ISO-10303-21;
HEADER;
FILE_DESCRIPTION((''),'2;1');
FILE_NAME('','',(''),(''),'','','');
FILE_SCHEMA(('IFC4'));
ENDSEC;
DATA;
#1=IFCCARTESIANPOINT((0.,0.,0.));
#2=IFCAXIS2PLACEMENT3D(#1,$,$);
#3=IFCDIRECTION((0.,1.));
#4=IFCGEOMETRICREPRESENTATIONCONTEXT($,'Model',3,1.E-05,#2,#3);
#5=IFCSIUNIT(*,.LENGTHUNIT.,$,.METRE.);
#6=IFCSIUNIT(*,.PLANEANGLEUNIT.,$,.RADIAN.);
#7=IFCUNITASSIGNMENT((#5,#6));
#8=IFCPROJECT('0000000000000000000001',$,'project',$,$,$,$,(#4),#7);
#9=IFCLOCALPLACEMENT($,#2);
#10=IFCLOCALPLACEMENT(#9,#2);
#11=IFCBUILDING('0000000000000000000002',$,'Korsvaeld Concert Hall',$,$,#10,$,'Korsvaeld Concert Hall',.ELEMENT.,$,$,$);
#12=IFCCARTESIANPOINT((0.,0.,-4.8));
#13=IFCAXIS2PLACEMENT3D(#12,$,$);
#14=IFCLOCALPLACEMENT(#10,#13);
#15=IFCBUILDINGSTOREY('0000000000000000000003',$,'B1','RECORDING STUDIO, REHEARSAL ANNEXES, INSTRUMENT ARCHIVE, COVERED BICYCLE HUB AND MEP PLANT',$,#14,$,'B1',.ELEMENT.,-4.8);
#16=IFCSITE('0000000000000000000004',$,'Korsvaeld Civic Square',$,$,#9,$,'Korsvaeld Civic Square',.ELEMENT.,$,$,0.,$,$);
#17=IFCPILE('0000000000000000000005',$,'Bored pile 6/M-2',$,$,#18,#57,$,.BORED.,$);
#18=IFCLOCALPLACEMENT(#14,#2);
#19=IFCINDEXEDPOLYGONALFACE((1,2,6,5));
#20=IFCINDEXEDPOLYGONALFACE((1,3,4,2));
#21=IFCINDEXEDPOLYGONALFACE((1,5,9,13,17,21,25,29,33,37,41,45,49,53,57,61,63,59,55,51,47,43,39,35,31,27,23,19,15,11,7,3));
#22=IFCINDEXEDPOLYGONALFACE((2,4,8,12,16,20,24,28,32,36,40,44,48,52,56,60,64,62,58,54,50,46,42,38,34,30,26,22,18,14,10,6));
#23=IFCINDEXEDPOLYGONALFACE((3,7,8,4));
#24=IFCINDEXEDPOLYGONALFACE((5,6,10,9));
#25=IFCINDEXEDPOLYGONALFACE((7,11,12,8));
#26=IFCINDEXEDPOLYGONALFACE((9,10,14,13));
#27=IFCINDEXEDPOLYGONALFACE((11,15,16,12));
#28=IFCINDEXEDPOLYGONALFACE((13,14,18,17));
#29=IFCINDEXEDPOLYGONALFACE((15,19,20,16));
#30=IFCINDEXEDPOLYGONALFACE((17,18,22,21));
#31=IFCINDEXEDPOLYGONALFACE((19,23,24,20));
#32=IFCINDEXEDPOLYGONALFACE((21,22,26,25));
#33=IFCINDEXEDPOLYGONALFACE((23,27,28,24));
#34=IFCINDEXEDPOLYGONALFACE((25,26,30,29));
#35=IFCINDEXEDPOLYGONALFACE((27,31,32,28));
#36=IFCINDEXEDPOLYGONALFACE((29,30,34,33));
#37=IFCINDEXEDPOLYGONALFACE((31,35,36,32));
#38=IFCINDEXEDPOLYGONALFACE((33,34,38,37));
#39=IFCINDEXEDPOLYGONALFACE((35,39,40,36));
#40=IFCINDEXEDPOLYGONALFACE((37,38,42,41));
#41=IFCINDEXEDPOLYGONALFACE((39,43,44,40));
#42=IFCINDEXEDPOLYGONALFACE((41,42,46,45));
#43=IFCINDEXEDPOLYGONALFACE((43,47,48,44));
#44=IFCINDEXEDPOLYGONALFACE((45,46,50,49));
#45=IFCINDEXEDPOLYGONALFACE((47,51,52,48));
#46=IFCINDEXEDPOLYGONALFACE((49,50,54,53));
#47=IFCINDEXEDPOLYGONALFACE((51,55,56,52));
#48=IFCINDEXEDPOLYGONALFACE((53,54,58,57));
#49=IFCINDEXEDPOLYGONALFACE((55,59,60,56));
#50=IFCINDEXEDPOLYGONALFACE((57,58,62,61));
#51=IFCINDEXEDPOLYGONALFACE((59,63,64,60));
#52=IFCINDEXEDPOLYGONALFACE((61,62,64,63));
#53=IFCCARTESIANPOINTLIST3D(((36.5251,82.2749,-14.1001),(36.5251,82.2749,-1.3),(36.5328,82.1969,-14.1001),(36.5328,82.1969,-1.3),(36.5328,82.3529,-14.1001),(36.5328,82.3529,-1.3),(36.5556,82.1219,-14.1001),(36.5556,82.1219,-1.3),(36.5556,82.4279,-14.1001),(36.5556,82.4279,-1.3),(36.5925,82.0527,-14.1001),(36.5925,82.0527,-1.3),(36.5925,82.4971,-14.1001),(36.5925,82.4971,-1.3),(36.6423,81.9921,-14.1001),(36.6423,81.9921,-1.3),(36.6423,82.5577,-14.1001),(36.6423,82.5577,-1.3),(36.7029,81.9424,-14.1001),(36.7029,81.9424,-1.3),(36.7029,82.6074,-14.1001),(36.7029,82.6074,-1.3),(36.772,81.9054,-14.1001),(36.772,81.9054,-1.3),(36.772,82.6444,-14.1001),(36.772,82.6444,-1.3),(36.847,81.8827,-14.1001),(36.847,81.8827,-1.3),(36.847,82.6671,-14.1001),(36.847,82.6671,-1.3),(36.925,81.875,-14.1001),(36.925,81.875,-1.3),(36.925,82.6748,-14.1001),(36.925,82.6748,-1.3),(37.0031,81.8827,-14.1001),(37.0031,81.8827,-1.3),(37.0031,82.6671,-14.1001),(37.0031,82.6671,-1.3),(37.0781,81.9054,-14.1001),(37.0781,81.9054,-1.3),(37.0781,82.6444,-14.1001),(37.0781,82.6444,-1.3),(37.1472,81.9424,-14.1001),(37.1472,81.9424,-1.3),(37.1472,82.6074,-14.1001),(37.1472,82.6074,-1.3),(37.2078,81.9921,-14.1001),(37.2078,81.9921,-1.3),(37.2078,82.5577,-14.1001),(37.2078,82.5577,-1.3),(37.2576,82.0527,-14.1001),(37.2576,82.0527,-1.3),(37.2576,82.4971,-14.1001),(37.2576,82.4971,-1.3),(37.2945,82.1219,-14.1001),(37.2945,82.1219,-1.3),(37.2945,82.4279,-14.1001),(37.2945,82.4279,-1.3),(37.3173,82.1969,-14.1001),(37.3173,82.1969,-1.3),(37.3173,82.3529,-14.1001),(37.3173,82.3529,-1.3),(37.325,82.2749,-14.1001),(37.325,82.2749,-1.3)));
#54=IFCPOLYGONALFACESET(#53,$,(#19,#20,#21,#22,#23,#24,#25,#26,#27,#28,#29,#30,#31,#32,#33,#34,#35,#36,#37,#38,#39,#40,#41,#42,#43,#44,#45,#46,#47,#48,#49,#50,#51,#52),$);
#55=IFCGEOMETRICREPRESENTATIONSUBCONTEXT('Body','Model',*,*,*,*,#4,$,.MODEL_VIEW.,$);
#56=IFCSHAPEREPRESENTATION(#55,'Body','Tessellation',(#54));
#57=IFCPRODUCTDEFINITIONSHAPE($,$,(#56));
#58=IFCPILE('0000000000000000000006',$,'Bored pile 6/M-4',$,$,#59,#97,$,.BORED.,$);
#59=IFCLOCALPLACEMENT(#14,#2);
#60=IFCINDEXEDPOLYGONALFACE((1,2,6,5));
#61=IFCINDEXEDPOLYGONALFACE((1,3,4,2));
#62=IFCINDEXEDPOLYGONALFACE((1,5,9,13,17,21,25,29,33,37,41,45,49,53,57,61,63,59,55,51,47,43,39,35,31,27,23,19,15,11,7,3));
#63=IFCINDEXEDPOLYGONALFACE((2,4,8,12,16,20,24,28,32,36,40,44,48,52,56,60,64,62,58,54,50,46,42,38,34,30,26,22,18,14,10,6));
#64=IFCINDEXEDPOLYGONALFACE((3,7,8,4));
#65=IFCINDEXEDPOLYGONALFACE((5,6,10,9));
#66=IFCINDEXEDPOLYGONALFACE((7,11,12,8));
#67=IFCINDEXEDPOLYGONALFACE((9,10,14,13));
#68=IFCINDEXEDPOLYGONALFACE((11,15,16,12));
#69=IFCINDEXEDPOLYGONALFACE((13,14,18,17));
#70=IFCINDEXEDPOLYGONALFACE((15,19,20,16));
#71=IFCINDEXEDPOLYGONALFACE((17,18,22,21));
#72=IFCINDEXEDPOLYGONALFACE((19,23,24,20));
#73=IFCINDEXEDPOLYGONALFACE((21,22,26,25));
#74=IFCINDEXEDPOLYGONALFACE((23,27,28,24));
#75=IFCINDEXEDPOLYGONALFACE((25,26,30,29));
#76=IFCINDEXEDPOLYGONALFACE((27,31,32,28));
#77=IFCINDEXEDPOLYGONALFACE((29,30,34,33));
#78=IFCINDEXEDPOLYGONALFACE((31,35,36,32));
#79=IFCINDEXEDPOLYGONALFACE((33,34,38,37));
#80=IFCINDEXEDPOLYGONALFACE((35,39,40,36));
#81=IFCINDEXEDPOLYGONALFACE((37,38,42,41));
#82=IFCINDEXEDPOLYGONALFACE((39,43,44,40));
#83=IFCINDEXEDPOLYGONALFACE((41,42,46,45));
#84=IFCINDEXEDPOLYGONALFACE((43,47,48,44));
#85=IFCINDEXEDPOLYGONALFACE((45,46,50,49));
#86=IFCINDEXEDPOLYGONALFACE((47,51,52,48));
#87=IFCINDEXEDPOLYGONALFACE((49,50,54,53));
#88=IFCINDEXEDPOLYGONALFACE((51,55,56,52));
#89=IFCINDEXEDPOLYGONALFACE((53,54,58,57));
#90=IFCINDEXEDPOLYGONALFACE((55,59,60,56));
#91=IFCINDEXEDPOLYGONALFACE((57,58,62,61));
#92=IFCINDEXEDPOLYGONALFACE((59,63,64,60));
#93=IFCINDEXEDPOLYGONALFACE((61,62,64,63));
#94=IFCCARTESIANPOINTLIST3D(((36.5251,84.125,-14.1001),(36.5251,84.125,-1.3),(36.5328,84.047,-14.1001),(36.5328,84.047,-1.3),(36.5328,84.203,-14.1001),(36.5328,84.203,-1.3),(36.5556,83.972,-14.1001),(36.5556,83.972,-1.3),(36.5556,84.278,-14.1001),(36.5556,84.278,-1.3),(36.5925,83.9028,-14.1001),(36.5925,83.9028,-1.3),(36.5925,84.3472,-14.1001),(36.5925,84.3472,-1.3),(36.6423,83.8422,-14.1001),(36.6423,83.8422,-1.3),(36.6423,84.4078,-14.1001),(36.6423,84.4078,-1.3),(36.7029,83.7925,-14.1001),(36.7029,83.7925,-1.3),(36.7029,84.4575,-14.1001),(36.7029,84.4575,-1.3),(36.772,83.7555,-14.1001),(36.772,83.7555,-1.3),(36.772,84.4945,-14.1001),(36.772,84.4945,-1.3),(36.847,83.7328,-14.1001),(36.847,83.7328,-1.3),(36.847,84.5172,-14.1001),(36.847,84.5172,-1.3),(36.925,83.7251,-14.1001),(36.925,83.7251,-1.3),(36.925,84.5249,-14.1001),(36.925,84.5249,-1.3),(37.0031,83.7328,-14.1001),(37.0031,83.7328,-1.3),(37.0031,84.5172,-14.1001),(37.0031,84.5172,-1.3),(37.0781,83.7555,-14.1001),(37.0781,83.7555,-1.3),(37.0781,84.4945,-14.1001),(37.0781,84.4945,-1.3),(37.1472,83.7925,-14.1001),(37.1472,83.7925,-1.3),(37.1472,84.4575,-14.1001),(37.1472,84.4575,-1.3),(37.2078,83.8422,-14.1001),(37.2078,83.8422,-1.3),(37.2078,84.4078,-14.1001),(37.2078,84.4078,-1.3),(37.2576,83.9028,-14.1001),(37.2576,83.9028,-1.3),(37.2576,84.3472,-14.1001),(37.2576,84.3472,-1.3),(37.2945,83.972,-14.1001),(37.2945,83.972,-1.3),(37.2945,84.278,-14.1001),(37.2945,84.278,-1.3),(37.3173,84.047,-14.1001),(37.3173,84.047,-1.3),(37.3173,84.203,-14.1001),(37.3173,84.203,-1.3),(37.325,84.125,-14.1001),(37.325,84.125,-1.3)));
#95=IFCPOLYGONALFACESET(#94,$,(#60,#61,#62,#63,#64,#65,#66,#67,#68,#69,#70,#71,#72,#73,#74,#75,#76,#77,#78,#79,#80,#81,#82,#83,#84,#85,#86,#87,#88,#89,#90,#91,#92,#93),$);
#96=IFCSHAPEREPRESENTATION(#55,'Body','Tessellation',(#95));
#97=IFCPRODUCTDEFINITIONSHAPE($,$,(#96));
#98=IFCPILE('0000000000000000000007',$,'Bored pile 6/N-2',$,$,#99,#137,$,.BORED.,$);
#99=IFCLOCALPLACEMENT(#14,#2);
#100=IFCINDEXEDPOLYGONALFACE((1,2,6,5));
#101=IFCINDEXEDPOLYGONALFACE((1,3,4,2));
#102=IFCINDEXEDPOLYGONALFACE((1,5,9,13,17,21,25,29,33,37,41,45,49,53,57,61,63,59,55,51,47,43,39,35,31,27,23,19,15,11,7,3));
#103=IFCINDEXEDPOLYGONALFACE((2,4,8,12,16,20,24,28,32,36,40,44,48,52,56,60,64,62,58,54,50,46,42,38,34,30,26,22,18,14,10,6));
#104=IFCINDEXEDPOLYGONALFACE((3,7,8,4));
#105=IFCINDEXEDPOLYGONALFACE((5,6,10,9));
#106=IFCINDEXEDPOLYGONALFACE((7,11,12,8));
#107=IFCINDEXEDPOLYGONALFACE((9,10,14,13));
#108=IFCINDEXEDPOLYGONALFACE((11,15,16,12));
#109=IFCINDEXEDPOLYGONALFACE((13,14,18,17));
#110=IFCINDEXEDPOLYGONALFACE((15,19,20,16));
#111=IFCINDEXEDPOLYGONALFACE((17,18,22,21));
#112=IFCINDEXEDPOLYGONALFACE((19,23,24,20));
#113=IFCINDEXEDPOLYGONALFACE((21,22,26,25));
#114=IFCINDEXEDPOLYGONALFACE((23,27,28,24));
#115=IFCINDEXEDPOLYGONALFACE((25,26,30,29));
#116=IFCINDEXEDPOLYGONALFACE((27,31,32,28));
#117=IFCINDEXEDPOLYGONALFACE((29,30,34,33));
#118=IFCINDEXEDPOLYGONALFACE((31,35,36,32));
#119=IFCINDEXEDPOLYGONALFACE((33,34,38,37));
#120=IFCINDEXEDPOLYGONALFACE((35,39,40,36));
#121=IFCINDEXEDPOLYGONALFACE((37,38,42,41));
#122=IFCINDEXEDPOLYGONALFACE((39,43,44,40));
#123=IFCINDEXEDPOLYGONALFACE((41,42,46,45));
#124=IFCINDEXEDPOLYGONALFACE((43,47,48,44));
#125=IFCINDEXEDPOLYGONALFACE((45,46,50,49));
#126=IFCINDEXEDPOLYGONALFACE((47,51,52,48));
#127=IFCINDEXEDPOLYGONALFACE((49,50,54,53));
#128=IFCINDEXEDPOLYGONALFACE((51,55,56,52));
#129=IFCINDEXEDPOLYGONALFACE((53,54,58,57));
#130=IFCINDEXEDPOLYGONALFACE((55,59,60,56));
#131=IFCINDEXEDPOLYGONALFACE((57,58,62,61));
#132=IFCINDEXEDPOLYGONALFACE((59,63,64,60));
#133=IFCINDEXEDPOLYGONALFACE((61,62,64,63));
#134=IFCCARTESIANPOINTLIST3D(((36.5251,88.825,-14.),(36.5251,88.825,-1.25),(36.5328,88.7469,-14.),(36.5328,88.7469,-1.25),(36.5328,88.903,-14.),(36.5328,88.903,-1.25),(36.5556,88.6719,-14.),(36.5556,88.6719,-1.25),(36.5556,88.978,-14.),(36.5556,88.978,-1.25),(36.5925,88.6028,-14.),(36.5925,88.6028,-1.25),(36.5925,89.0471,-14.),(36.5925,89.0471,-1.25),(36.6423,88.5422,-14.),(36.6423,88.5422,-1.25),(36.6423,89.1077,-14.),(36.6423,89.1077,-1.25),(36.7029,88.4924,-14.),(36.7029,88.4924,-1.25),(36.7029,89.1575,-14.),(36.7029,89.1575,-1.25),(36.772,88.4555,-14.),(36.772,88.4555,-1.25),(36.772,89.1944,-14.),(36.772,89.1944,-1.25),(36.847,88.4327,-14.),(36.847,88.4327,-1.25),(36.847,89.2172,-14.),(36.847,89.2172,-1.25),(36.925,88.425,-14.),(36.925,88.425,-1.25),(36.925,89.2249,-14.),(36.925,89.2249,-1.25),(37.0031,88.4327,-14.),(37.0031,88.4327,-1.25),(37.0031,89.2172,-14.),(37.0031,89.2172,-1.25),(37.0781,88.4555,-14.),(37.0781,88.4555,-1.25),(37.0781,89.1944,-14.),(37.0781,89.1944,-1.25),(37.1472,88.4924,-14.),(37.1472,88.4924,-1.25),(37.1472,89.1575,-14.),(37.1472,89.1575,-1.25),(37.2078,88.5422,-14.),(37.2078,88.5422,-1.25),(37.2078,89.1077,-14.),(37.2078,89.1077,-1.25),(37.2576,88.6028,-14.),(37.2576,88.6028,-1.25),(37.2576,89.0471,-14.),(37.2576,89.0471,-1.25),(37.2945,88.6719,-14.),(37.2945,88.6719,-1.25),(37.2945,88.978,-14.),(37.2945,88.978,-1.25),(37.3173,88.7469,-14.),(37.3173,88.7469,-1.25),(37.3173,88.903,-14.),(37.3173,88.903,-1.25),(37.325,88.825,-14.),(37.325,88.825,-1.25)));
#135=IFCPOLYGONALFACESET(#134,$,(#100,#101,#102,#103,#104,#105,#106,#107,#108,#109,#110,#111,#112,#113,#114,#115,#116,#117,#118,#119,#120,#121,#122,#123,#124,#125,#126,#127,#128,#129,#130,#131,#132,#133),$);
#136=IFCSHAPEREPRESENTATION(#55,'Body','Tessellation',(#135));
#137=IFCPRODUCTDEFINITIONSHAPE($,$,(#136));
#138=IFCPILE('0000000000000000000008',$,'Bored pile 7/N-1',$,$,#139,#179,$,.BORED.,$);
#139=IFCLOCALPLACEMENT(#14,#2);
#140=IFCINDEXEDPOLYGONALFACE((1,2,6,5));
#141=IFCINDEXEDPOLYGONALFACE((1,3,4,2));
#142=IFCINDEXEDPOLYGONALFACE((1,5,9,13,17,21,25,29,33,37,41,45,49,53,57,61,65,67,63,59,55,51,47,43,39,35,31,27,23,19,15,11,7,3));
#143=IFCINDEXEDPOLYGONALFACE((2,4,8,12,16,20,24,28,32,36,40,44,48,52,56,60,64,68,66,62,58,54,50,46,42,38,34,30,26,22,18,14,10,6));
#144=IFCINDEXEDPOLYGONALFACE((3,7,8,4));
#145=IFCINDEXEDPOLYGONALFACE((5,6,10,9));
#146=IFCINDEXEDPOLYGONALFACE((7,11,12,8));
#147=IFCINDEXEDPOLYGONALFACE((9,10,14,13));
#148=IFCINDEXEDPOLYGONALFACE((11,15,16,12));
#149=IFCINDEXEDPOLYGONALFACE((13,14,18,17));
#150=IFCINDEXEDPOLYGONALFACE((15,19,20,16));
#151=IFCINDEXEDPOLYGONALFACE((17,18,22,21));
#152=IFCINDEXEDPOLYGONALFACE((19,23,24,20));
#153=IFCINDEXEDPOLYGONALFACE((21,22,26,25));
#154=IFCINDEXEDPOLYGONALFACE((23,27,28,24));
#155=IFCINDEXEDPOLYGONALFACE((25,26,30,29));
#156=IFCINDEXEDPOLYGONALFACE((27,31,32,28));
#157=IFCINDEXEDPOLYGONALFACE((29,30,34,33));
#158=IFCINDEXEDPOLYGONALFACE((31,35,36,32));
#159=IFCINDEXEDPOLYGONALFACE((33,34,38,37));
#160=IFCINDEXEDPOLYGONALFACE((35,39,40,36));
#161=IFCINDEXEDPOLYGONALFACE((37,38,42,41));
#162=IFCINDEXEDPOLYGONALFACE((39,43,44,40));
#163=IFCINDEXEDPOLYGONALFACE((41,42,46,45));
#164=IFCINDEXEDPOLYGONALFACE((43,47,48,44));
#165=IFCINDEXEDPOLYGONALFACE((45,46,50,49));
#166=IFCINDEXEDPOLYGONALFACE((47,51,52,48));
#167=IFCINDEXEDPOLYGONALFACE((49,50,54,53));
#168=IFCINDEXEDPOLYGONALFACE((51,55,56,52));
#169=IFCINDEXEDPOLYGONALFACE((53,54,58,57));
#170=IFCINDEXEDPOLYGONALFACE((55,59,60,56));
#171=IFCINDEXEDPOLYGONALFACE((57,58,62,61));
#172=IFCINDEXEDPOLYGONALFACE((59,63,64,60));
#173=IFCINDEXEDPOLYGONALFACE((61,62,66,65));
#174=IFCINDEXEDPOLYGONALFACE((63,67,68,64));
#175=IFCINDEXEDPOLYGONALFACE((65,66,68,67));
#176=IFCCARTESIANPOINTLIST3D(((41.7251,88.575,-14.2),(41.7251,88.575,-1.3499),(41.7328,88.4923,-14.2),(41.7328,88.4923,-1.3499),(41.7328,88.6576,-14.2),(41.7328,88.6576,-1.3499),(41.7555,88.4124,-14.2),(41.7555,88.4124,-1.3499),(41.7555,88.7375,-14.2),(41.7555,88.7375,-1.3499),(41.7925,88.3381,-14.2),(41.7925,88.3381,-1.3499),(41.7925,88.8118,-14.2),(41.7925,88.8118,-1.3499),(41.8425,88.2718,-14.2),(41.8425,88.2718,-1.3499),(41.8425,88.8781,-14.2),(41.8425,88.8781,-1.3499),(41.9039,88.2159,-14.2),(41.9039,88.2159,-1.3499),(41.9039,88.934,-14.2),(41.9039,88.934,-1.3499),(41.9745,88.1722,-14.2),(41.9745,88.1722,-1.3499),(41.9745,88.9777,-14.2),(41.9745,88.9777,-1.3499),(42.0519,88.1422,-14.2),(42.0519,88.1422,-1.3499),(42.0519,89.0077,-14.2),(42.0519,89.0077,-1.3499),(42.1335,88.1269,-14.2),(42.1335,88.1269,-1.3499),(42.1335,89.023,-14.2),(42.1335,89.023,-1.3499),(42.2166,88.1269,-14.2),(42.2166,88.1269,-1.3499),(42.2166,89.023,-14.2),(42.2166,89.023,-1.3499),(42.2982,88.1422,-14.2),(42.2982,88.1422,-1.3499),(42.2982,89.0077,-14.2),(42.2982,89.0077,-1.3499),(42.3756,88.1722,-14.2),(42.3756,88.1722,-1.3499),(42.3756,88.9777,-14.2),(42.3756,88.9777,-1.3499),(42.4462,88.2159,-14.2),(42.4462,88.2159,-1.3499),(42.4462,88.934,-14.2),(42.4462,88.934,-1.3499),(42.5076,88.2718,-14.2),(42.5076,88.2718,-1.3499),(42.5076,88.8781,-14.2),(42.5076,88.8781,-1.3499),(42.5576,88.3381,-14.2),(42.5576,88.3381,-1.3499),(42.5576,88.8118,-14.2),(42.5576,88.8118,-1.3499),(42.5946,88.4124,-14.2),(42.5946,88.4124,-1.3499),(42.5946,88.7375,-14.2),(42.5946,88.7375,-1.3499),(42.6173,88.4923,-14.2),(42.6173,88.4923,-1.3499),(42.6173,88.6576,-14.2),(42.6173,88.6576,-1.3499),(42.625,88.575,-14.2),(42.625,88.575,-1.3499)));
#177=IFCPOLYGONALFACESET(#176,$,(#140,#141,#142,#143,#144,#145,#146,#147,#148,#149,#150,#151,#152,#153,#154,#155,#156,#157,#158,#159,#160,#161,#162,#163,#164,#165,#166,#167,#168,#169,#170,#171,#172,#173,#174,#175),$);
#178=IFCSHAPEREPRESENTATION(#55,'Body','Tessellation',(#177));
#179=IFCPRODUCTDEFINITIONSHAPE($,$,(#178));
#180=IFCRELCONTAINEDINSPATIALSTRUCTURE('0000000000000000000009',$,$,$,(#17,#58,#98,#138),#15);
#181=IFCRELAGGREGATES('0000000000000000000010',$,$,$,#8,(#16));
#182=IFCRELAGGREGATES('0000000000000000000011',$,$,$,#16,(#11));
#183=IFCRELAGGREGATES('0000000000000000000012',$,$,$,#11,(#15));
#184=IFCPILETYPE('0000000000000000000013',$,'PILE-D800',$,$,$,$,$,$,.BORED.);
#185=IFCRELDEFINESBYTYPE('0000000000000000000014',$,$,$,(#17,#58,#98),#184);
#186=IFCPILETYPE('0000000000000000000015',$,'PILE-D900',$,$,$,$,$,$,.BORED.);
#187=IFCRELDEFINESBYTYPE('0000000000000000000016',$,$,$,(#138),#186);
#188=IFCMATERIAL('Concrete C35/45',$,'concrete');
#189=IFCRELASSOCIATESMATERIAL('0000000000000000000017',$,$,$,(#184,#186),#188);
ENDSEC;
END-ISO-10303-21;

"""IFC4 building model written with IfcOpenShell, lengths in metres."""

from ifc_helpers import new_model, si_unit, direction, frame, origin, origin_2d, place, context, subcontext, project, spatial, circle, extrude, material, material_profile, profile_set, type_object, element, save


model = new_model("IFC4")

# Units and contexts
model_context = context("Model", 3, precision=1e-05, world=origin(), true_north=direction((0.0, 1.0)))
body_context = subcontext(model_context, "Body", "Model", "MODEL_VIEW")
ifc_project = project(units=[si_unit("LENGTHUNIT", "METRE"), si_unit("PLANEANGLEUNIT", "RADIAN")], contexts=[model_context])

# Site, building, storey
site_placement = place(None, origin())
site = spatial("IfcSite", under=ifc_project, at=site_placement, Name="Korsvaeld Civic Square", LongName="Korsvaeld Civic Square", CompositionType="ELEMENT", RefElevation=0.0)
building_placement = place(site_placement, origin())
building = spatial("IfcBuilding", under=site, at=building_placement, Name="Korsvaeld Concert Hall", LongName="Korsvaeld Concert Hall", CompositionType="ELEMENT")
storey_placement = place(building_placement, frame((0.0, 0.0, -4.8)))
storey = spatial("IfcBuildingStorey", under=building, at=storey_placement, Name="B1", Description="RECORDING STUDIO, REHEARSAL ANNEXES, INSTRUMENT ARCHIVE, COVERED BICYCLE HUB AND MEP PLANT", LongName="B1", CompositionType="ELEMENT", Elevation=-4.8)

# Shared definitions
ifc_material_1 = material(Name="Concrete C35/45", Category="concrete")

# Piles
ifc_material_profile_1 = material_profile(ifc_material_1, circle(Radius=0.3999, at=origin_2d()), Name="BORED PILE D800")
ifc_profile_set_1 = profile_set([ifc_material_profile_1], Name="Concrete C35/45")
pile_type_1 = type_object("IfcPileType", Name="PILE-D800", PredefinedType="BORED", material=ifc_profile_set_1)
for number, where, z_axis, x_axis, name in (
    (1, (36.925, 82.2749, -1.3), (0.0, 0.0, -1.0), (1.0, 0.0, 0.0), "Bored pile 6/M-2"),
    (2, (36.925, 84.125, -1.3), (0.0, 0.0, -1.0), (1.0, 0.0, 0.0), "Bored pile 6/M-4"),
):
    element("IfcPile", number, at=place(storey_placement, frame(where, z_axis=z_axis, x_axis=x_axis)), inside=storey, type_object=pile_type_1, Name=name, PredefinedType="BORED", context=body_context, shape_type="SweptSolid", body=[
        extrude(circle(Radius=0.3999, at=origin_2d()), origin(), (0.0, 0.0, 1.0), 12.8),
    ])
pile_placement = place(storey_placement, frame((36.925, 88.825, -1.25), z_axis=(0.0, 0.0, -1.0), x_axis=(1.0, 0.0, 0.0)))
element("IfcPile", 3, at=pile_placement, inside=storey, type_object=pile_type_1, Name="Bored pile 6/N-2", PredefinedType="BORED", context=body_context, shape_type="SweptSolid", body=[
    extrude(circle(Radius=0.3999, at=origin_2d()), origin(), (0.0, 0.0, 1.0), 12.75),
])
ifc_material_profile_2 = material_profile(ifc_material_1, circle(Radius=0.45, at=origin_2d()), Name="BORED PILE D900")
ifc_profile_set_2 = profile_set([ifc_material_profile_2], Name="Concrete C35/45")
pile_type_2 = type_object("IfcPileType", Name="PILE-D900", PredefinedType="BORED", material=ifc_profile_set_2)
for number, where, z_axis, x_axis, name in (
    (4, (42.175, 88.575, -1.3499), (0.0, 0.0, -1.0), (1.0, 0.0, 0.0), "Bored pile 7/N-1"),
):
    element("IfcPile", number, at=place(storey_placement, frame(where, z_axis=z_axis, x_axis=x_axis)), inside=storey, type_object=pile_type_2, Name=name, PredefinedType="BORED", context=body_context, shape_type="SweptSolid", body=[
        extrude(circle(Radius=0.45, at=origin_2d()), origin(), (0.0, 0.0, 1.0), 12.8501),
    ])

save(model, "model.ifc")
